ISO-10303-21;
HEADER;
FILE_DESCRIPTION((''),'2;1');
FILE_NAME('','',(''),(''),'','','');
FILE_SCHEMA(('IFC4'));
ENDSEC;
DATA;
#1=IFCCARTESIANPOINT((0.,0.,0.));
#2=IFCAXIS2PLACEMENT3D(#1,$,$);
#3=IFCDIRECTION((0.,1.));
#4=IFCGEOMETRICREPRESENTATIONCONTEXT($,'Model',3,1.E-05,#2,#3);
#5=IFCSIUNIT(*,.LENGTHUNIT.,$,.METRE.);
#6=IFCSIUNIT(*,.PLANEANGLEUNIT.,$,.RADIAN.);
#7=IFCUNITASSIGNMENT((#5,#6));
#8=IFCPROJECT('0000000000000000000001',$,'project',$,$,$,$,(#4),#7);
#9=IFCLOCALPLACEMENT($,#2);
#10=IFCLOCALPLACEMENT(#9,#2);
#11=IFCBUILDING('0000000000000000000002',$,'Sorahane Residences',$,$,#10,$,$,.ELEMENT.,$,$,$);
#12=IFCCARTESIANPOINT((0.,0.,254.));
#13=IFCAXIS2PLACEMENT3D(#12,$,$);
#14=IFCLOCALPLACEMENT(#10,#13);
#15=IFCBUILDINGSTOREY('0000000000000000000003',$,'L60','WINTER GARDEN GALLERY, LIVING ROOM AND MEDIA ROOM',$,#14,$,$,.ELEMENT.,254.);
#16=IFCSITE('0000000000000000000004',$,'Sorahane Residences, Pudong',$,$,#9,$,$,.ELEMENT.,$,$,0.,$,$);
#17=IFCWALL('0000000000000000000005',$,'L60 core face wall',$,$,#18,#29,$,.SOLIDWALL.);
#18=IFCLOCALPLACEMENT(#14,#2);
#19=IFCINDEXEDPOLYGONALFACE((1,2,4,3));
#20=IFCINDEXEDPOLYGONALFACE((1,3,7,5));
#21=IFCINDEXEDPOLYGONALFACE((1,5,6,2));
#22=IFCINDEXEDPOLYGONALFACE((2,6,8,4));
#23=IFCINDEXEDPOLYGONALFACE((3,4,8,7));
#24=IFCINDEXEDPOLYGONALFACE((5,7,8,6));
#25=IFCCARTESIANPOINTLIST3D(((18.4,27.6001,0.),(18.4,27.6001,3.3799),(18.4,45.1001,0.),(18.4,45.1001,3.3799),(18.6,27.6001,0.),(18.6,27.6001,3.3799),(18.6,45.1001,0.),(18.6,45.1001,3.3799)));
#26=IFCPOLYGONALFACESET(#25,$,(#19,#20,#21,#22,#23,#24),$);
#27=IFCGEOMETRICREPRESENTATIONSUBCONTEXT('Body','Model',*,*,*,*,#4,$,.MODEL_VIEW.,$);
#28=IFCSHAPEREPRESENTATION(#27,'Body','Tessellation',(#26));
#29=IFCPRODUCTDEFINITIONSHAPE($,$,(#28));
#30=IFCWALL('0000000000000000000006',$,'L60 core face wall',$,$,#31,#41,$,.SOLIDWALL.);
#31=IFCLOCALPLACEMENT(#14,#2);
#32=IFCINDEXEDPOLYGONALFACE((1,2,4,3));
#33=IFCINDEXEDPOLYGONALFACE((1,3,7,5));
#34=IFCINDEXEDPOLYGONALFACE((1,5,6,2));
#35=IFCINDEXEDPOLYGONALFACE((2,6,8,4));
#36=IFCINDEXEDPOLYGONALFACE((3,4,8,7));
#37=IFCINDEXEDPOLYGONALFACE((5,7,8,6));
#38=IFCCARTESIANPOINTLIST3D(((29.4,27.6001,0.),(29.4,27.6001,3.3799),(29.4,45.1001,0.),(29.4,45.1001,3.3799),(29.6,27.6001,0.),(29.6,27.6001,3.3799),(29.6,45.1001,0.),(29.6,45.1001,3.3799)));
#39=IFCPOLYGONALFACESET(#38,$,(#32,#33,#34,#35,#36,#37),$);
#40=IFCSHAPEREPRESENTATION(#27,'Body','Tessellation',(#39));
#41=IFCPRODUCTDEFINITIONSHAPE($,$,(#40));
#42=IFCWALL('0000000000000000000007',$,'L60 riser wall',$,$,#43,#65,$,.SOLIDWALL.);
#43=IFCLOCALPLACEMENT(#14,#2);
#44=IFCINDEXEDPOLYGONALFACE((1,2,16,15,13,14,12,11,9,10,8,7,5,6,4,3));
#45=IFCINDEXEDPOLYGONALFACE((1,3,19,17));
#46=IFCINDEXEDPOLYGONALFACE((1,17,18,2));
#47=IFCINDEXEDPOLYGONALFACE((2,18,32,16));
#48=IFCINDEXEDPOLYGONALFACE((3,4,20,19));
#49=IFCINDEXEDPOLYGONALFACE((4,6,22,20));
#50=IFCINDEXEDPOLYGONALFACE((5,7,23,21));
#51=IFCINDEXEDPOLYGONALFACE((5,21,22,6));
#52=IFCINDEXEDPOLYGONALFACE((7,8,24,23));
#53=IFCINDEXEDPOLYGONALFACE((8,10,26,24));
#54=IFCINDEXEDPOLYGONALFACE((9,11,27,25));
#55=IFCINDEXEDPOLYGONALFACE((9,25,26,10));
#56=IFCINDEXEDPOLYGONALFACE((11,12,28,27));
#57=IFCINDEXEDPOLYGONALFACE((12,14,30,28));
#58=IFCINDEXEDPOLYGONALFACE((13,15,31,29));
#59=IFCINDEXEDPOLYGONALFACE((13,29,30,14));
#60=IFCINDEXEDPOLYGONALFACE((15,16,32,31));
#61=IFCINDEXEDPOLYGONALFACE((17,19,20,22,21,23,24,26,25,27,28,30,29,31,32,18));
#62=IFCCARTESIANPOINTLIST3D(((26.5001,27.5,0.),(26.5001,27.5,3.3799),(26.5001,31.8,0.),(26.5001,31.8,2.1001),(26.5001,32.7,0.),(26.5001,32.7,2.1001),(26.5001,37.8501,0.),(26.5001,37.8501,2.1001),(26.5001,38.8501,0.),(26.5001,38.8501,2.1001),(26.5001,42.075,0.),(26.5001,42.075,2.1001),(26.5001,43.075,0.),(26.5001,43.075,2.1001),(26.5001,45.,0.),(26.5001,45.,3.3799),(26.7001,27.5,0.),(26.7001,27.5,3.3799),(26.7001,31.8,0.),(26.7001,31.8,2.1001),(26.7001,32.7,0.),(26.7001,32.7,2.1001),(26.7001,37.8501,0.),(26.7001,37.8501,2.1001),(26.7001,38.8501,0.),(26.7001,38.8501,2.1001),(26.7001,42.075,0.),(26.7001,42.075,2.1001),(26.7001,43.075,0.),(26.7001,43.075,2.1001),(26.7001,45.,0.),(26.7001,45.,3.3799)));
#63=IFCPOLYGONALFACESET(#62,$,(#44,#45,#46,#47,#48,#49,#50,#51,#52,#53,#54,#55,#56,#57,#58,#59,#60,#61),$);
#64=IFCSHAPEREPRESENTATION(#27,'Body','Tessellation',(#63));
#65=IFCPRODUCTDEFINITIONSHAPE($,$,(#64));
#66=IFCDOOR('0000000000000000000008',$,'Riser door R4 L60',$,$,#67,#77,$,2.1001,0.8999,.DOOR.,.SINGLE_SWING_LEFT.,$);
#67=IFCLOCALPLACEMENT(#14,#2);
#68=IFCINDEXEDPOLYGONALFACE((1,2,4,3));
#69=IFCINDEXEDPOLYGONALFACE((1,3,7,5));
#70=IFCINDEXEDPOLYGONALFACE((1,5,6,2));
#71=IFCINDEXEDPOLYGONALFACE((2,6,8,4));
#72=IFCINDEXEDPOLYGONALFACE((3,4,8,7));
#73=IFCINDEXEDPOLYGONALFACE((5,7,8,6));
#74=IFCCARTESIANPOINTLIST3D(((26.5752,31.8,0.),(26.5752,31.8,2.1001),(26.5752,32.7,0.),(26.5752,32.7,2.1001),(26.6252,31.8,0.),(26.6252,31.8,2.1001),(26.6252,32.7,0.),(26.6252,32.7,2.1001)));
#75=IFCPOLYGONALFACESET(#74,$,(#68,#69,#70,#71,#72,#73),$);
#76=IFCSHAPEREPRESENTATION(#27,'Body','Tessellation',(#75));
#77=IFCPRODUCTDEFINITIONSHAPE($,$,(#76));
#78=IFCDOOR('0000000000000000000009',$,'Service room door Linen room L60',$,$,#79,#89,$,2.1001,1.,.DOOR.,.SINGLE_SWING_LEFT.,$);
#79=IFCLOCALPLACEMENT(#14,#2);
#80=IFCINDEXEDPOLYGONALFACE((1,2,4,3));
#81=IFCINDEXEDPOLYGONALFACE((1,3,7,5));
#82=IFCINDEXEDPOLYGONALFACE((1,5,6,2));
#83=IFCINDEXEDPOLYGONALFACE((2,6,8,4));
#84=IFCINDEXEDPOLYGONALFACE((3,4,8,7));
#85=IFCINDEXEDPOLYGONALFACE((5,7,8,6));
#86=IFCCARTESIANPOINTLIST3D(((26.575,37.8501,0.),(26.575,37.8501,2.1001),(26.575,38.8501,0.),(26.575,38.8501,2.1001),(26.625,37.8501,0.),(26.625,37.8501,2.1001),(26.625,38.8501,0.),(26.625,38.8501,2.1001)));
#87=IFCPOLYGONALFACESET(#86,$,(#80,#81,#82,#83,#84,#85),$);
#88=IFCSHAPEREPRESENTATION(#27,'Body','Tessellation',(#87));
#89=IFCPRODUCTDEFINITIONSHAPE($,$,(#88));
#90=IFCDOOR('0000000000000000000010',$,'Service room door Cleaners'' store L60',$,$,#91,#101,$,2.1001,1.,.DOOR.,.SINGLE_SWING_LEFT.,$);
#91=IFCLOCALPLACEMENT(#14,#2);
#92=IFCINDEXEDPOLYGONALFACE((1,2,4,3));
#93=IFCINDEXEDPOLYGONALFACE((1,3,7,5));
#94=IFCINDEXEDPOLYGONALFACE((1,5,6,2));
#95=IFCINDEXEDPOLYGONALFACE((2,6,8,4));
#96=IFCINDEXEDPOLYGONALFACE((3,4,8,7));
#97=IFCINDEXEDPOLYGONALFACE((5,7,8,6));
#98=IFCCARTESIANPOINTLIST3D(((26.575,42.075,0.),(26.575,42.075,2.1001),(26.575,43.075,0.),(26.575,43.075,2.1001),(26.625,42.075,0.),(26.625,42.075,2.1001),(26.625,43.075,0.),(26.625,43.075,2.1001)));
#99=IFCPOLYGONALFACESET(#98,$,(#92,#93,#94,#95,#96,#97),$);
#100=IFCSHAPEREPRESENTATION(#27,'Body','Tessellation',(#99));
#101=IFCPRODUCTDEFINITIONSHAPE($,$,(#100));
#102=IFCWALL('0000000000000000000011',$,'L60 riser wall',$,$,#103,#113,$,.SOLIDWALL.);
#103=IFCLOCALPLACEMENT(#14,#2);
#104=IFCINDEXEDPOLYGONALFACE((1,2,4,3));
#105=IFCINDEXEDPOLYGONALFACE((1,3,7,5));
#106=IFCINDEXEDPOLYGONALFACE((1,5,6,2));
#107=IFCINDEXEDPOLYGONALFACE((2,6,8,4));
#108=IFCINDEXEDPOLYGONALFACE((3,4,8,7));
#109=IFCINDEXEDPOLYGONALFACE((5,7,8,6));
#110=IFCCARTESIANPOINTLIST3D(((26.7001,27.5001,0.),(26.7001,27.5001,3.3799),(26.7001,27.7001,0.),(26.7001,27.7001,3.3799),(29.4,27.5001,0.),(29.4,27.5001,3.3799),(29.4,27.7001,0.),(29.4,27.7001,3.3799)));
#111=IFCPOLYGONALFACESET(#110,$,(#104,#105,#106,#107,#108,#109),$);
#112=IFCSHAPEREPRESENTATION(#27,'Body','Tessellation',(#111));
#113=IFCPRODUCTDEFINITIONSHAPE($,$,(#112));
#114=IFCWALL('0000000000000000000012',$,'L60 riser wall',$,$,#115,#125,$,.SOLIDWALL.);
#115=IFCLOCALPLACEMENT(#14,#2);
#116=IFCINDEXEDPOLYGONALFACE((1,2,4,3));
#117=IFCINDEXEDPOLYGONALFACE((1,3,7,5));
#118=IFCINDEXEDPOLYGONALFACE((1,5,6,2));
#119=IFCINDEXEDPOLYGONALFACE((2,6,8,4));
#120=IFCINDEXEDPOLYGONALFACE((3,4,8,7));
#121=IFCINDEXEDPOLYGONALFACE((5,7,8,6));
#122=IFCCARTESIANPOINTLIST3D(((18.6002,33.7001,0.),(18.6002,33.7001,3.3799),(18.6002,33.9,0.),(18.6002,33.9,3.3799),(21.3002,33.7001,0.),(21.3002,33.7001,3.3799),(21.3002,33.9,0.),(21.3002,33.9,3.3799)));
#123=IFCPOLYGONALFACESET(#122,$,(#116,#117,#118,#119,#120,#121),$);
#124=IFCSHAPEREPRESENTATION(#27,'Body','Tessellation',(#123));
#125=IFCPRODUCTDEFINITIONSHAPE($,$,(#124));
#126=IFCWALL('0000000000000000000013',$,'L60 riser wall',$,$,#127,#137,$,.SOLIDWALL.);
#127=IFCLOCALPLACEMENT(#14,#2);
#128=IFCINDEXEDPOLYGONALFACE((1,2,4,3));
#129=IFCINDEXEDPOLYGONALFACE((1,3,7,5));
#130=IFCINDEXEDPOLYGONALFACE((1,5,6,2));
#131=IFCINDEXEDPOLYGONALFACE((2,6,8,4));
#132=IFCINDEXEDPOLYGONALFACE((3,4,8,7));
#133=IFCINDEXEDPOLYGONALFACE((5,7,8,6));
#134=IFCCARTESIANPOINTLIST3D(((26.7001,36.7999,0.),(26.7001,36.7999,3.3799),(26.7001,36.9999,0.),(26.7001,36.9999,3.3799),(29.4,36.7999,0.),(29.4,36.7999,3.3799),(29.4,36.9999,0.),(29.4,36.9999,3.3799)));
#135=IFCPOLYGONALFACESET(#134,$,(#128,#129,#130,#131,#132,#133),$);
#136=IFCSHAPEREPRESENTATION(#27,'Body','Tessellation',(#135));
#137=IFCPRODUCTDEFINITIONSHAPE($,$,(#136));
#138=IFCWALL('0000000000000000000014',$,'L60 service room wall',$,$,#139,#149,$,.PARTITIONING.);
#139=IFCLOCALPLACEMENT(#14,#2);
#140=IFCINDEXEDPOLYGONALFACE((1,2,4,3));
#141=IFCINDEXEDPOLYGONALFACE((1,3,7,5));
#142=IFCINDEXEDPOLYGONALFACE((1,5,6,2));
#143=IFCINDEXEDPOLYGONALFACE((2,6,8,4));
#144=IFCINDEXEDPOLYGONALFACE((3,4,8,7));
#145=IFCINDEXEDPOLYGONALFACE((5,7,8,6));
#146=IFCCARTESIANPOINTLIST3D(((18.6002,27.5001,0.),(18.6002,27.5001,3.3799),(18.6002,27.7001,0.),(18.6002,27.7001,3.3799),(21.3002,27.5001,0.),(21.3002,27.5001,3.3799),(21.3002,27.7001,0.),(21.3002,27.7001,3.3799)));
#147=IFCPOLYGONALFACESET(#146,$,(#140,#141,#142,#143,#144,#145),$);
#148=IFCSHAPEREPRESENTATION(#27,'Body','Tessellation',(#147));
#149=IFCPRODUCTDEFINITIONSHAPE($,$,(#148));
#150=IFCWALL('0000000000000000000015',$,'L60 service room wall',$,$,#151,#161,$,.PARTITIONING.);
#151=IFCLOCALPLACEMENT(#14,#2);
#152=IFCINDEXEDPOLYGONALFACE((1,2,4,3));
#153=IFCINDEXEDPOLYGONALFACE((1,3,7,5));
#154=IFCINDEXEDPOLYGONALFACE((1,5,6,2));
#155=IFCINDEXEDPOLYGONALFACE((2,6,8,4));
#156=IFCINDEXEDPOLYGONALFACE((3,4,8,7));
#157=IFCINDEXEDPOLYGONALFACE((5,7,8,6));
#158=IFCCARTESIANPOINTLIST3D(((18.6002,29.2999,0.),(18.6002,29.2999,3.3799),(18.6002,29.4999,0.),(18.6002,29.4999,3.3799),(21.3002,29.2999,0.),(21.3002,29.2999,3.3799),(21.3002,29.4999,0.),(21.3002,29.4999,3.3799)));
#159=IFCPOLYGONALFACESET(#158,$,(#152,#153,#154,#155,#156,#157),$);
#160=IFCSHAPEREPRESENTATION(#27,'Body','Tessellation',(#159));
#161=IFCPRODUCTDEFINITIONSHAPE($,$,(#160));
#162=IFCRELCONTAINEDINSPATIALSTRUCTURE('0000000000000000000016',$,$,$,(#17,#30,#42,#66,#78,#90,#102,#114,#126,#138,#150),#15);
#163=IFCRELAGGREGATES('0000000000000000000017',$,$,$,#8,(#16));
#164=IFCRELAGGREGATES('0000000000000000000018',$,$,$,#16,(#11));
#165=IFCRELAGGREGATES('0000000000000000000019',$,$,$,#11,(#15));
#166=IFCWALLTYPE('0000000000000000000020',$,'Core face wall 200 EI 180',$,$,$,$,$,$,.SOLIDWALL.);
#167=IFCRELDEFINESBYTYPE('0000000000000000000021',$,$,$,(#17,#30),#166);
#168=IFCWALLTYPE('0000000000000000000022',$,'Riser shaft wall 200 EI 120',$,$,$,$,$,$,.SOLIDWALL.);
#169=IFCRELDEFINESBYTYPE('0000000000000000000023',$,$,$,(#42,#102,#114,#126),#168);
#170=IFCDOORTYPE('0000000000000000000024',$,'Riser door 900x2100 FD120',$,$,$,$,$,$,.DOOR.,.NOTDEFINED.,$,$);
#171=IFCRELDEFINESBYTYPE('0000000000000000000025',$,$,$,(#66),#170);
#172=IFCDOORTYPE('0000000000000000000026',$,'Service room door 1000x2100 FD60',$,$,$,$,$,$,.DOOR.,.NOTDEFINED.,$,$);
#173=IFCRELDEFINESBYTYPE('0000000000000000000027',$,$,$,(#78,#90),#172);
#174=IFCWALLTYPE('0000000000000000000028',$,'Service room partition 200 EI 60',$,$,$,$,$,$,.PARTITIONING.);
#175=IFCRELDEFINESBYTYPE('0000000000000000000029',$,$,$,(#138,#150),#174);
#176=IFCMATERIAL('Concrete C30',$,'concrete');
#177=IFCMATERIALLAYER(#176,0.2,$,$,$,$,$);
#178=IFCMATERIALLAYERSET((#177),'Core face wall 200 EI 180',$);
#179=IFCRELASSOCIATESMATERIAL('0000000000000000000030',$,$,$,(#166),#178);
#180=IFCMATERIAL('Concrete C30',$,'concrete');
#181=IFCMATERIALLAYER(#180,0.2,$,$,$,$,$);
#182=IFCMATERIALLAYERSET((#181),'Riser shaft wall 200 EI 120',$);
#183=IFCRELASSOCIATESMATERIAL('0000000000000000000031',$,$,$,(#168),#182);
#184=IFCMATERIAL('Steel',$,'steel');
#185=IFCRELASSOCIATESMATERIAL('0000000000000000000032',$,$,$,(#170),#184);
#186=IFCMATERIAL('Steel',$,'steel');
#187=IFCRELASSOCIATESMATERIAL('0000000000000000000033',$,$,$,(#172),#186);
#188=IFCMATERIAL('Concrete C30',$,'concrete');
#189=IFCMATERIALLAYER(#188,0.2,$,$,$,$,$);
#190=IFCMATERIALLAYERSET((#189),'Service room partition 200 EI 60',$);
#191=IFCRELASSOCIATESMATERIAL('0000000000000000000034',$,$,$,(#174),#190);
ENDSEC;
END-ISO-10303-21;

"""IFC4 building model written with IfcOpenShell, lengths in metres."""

from ifc_helpers import new_model, si_unit, direction, frame, frame_2d, origin, place, context, subcontext, project, spatial, rectangle, extrude, material, layer, layer_set, type_object, element, fill, save


model = new_model("IFC4")

# Units and contexts
model_context = context("Model", 3, precision=1e-05, world=origin(), true_north=direction((0.0, 1.0)))
body_context = subcontext(model_context, "Body", "Model", "MODEL_VIEW")
ifc_project = project(units=[si_unit("LENGTHUNIT", "METRE"), si_unit("PLANEANGLEUNIT", "RADIAN")], contexts=[model_context])

# Site, building, storey
site_placement = place(None, origin())
site = spatial("IfcSite", under=ifc_project, at=site_placement, Name="Sorahane Residences, Pudong", CompositionType="ELEMENT", RefElevation=0.0)
building_placement = place(site_placement, origin())
building = spatial("IfcBuilding", under=site, at=building_placement, Name="Sorahane Residences", CompositionType="ELEMENT")
storey_placement = place(building_placement, frame((0.0, 0.0, 254.0)))
storey = spatial("IfcBuildingStorey", under=building, at=storey_placement, Name="L60", Description="WINTER GARDEN GALLERY, LIVING ROOM AND MEDIA ROOM", CompositionType="ELEMENT", Elevation=254.0)

# Walls
ifc_material_1 = material(Name="Concrete C30", Category="concrete")
ifc_layer_1 = layer(ifc_material_1, 0.2)
ifc_layer_set_1 = layer_set([ifc_layer_1], Name="Core face wall 200 EI 180")
wall_type_1 = type_object("IfcWallType", Name="Core face wall 200 EI 180", PredefinedType="SOLIDWALL", material=ifc_layer_set_1)
for number, where, z_axis, x_axis, name in (
    (1, (18.5, 27.6001, 0.0), (0.0, 0.0, 1.0), (0.0, 1.0, 0.0), "L60 core face wall"),
    (2, (29.5, 27.6001, 0.0), (0.0, 0.0, 1.0), (0.0, 1.0, 0.0), "L60 core face wall"),
):
    element("IfcWall", number, at=place(storey_placement, frame(where, z_axis=z_axis, x_axis=x_axis)), inside=storey, type_object=wall_type_1, Name=name, PredefinedType="SOLIDWALL", context=body_context, shape_type="SweptSolid", body=[
        extrude(rectangle(XDim=17.5, YDim=0.2, at=frame_2d((8.75, 0.0))), origin(), (0.0, 0.0, 1.0), 3.3799),
    ])

# Wall, openings, doors
ifc_material_2 = material(Name="Concrete C30", Category="concrete")
ifc_layer_2 = layer(ifc_material_2, 0.2)
ifc_layer_set_2 = layer_set([ifc_layer_2], Name="Riser shaft wall 200 EI 120")
wall_type_2 = type_object("IfcWallType", Name="Riser shaft wall 200 EI 120", PredefinedType="SOLIDWALL", material=ifc_layer_set_2)
wall_1_placement = place(storey_placement, frame((26.6001, 27.5, 0.0), z_axis=(0.0, 0.0, 1.0), x_axis=(0.0, 1.0, 0.0)))
wall_1 = element("IfcWall", 3, at=wall_1_placement, inside=storey, type_object=wall_type_2, Name="L60 riser wall", PredefinedType="SOLIDWALL", context=body_context, shape_type="SweptSolid", body=[
    extrude(rectangle(XDim=17.5, YDim=0.2, at=frame_2d((8.75, 0.0))), origin(), (0.0, 0.0, 1.0), 3.3799),
])
opening_1_placement = place(wall_1_placement, frame((4.3, 0.0, 0.0)))
opening_1 = element("IfcOpeningElement", 4, at=opening_1_placement, cuts=wall_1, PredefinedType="OPENING", context=body_context, shape_type="SweptSolid", body=[
    extrude(rectangle(XDim=0.8999, YDim=2.1001, at=frame_2d((0.45, 1.05))), frame((0.0, 0.1099, 0.0), z_axis=(0.0, -1.0, 0.0), x_axis=(1.0, 0.0, 0.0)), (0.0, 0.0, 1.0), 0.22),
])
opening_2_placement = place(wall_1_placement, frame((10.3501, 0.0, 0.0)))
opening_2 = element("IfcOpeningElement", 5, at=opening_2_placement, cuts=wall_1, PredefinedType="OPENING", context=body_context, shape_type="SweptSolid", body=[
    extrude(rectangle(XDim=1.0, YDim=2.1001, at=frame_2d((0.5, 1.05))), frame((0.0, 0.1099, 0.0), z_axis=(0.0, -1.0, 0.0), x_axis=(1.0, 0.0, 0.0)), (0.0, 0.0, 1.0), 0.22),
])
opening_3_placement = place(wall_1_placement, frame((14.575, 0.0, 0.0)))
opening_3 = element("IfcOpeningElement", 6, at=opening_3_placement, cuts=wall_1, PredefinedType="OPENING", context=body_context, shape_type="SweptSolid", body=[
    extrude(rectangle(XDim=1.0, YDim=2.1001, at=frame_2d((0.5, 1.05))), frame((0.0, 0.1099, 0.0), z_axis=(0.0, -1.0, 0.0), x_axis=(1.0, 0.0, 0.0)), (0.0, 0.0, 1.0), 0.22),
])
ifc_material_3 = material(Name="Steel", Category="steel")
door_type_1 = type_object("IfcDoorType", Name="Riser door 900x2100 FD120", OperationType="NOTDEFINED", PredefinedType="DOOR", material=ifc_material_3)
door_1_placement = place(opening_1_placement, origin())
door_1 = element("IfcDoor", 7, at=door_1_placement, inside=storey, type_object=door_type_1, Name="Riser door R4 L60", OperationType="SINGLE_SWING_LEFT", OverallHeight=2.1001, OverallWidth=0.8999, PredefinedType="DOOR", context=body_context, shape_type="SweptSolid", body=[
    extrude(rectangle(XDim=0.8999, YDim=2.1001, at=frame_2d((0.45, 1.05))), frame((0.0, 0.0249, 0.0), z_axis=(0.0, -1.0, 0.0), x_axis=(1.0, 0.0, 0.0)), (0.0, 0.0, 1.0), 0.05),
])
fill(opening_1, door_1)
ifc_material_4 = material(Name="Steel", Category="steel")
door_type_2 = type_object("IfcDoorType", Name="Service room door 1000x2100 FD60", OperationType="NOTDEFINED", PredefinedType="DOOR", material=ifc_material_4)
door_2_placement = place(opening_2_placement, frame((1.0, 0.0, 0.0), z_axis=(0.0, 0.0, 1.0), x_axis=(-1.0, 0.0, 0.0)))
door_2 = element("IfcDoor", 8, at=door_2_placement, inside=storey, type_object=door_type_2, Name="Service room door Linen room L60", OperationType="SINGLE_SWING_LEFT", OverallHeight=2.1001, OverallWidth=1.0, PredefinedType="DOOR", context=body_context, shape_type="SweptSolid", body=[
    extrude(rectangle(XDim=1.0, YDim=2.1001, at=frame_2d((0.5, 1.05))), frame((0.0, 0.0249, 0.0), z_axis=(0.0, -1.0, 0.0), x_axis=(1.0, 0.0, 0.0)), (0.0, 0.0, 1.0), 0.05),
])
fill(opening_2, door_2)
door_3_placement = place(opening_3_placement, frame((1.0, 0.0, 0.0), z_axis=(0.0, 0.0, 1.0), x_axis=(-1.0, 0.0, 0.0)))
door_3 = element("IfcDoor", 9, at=door_3_placement, inside=storey, type_object=door_type_2, Name="Service room door Cleaners' store L60", OperationType="SINGLE_SWING_LEFT", OverallHeight=2.1001, OverallWidth=1.0, PredefinedType="DOOR", context=body_context, shape_type="SweptSolid", body=[
    extrude(rectangle(XDim=1.0, YDim=2.1001, at=frame_2d((0.5, 1.05))), frame((0.0, 0.0249, 0.0), z_axis=(0.0, -1.0, 0.0), x_axis=(1.0, 0.0, 0.0)), (0.0, 0.0, 1.0), 0.05),
])
fill(opening_3, door_3)

# Walls
for number, where, z_axis, x_axis, name in (
    (10, (26.7, 27.6001, 0.0), (0.0, 0.0, 1.0), (1.0, 0.0, 0.0), "L60 riser wall"),
    (11, (18.6001, 33.8, 0.0), (0.0, 0.0, 1.0), (1.0, 0.0, 0.0), "L60 riser wall"),
    (12, (26.7, 36.8999, 0.0), (0.0, 0.0, 1.0), (1.0, 0.0, 0.0), "L60 riser wall"),
):
    element("IfcWall", number, at=place(storey_placement, frame(where, z_axis=z_axis, x_axis=x_axis)), inside=storey, type_object=wall_type_2, Name=name, PredefinedType="SOLIDWALL", context=body_context, shape_type="SweptSolid", body=[
        extrude(rectangle(XDim=2.7, YDim=0.2, at=frame_2d((1.3501, 0.0))), origin(), (0.0, 0.0, 1.0), 3.3799),
    ])
ifc_material_5 = material(Name="Concrete C30", Category="concrete")
ifc_layer_3 = layer(ifc_material_5, 0.2)
ifc_layer_set_3 = layer_set([ifc_layer_3], Name="Service room partition 200 EI 60")
wall_type_3 = type_object("IfcWallType", Name="Service room partition 200 EI 60", PredefinedType="PARTITIONING", material=ifc_layer_set_3)
for number, where, z_axis, x_axis, name in (
    (13, (18.6001, 27.6001, 0.0), (0.0, 0.0, 1.0), (1.0, 0.0, 0.0), "L60 service room wall"),
    (14, (18.6001, 29.3999, 0.0), (0.0, 0.0, 1.0), (1.0, 0.0, 0.0), "L60 service room wall"),
):
    element("IfcWall", number, at=place(storey_placement, frame(where, z_axis=z_axis, x_axis=x_axis)), inside=storey, type_object=wall_type_3, Name=name, PredefinedType="PARTITIONING", context=body_context, shape_type="SweptSolid", body=[
        extrude(rectangle(XDim=2.7, YDim=0.2, at=frame_2d((1.3501, 0.0))), origin(), (0.0, 0.0, 1.0), 3.3799),
    ])

save(model, "model.ifc")
